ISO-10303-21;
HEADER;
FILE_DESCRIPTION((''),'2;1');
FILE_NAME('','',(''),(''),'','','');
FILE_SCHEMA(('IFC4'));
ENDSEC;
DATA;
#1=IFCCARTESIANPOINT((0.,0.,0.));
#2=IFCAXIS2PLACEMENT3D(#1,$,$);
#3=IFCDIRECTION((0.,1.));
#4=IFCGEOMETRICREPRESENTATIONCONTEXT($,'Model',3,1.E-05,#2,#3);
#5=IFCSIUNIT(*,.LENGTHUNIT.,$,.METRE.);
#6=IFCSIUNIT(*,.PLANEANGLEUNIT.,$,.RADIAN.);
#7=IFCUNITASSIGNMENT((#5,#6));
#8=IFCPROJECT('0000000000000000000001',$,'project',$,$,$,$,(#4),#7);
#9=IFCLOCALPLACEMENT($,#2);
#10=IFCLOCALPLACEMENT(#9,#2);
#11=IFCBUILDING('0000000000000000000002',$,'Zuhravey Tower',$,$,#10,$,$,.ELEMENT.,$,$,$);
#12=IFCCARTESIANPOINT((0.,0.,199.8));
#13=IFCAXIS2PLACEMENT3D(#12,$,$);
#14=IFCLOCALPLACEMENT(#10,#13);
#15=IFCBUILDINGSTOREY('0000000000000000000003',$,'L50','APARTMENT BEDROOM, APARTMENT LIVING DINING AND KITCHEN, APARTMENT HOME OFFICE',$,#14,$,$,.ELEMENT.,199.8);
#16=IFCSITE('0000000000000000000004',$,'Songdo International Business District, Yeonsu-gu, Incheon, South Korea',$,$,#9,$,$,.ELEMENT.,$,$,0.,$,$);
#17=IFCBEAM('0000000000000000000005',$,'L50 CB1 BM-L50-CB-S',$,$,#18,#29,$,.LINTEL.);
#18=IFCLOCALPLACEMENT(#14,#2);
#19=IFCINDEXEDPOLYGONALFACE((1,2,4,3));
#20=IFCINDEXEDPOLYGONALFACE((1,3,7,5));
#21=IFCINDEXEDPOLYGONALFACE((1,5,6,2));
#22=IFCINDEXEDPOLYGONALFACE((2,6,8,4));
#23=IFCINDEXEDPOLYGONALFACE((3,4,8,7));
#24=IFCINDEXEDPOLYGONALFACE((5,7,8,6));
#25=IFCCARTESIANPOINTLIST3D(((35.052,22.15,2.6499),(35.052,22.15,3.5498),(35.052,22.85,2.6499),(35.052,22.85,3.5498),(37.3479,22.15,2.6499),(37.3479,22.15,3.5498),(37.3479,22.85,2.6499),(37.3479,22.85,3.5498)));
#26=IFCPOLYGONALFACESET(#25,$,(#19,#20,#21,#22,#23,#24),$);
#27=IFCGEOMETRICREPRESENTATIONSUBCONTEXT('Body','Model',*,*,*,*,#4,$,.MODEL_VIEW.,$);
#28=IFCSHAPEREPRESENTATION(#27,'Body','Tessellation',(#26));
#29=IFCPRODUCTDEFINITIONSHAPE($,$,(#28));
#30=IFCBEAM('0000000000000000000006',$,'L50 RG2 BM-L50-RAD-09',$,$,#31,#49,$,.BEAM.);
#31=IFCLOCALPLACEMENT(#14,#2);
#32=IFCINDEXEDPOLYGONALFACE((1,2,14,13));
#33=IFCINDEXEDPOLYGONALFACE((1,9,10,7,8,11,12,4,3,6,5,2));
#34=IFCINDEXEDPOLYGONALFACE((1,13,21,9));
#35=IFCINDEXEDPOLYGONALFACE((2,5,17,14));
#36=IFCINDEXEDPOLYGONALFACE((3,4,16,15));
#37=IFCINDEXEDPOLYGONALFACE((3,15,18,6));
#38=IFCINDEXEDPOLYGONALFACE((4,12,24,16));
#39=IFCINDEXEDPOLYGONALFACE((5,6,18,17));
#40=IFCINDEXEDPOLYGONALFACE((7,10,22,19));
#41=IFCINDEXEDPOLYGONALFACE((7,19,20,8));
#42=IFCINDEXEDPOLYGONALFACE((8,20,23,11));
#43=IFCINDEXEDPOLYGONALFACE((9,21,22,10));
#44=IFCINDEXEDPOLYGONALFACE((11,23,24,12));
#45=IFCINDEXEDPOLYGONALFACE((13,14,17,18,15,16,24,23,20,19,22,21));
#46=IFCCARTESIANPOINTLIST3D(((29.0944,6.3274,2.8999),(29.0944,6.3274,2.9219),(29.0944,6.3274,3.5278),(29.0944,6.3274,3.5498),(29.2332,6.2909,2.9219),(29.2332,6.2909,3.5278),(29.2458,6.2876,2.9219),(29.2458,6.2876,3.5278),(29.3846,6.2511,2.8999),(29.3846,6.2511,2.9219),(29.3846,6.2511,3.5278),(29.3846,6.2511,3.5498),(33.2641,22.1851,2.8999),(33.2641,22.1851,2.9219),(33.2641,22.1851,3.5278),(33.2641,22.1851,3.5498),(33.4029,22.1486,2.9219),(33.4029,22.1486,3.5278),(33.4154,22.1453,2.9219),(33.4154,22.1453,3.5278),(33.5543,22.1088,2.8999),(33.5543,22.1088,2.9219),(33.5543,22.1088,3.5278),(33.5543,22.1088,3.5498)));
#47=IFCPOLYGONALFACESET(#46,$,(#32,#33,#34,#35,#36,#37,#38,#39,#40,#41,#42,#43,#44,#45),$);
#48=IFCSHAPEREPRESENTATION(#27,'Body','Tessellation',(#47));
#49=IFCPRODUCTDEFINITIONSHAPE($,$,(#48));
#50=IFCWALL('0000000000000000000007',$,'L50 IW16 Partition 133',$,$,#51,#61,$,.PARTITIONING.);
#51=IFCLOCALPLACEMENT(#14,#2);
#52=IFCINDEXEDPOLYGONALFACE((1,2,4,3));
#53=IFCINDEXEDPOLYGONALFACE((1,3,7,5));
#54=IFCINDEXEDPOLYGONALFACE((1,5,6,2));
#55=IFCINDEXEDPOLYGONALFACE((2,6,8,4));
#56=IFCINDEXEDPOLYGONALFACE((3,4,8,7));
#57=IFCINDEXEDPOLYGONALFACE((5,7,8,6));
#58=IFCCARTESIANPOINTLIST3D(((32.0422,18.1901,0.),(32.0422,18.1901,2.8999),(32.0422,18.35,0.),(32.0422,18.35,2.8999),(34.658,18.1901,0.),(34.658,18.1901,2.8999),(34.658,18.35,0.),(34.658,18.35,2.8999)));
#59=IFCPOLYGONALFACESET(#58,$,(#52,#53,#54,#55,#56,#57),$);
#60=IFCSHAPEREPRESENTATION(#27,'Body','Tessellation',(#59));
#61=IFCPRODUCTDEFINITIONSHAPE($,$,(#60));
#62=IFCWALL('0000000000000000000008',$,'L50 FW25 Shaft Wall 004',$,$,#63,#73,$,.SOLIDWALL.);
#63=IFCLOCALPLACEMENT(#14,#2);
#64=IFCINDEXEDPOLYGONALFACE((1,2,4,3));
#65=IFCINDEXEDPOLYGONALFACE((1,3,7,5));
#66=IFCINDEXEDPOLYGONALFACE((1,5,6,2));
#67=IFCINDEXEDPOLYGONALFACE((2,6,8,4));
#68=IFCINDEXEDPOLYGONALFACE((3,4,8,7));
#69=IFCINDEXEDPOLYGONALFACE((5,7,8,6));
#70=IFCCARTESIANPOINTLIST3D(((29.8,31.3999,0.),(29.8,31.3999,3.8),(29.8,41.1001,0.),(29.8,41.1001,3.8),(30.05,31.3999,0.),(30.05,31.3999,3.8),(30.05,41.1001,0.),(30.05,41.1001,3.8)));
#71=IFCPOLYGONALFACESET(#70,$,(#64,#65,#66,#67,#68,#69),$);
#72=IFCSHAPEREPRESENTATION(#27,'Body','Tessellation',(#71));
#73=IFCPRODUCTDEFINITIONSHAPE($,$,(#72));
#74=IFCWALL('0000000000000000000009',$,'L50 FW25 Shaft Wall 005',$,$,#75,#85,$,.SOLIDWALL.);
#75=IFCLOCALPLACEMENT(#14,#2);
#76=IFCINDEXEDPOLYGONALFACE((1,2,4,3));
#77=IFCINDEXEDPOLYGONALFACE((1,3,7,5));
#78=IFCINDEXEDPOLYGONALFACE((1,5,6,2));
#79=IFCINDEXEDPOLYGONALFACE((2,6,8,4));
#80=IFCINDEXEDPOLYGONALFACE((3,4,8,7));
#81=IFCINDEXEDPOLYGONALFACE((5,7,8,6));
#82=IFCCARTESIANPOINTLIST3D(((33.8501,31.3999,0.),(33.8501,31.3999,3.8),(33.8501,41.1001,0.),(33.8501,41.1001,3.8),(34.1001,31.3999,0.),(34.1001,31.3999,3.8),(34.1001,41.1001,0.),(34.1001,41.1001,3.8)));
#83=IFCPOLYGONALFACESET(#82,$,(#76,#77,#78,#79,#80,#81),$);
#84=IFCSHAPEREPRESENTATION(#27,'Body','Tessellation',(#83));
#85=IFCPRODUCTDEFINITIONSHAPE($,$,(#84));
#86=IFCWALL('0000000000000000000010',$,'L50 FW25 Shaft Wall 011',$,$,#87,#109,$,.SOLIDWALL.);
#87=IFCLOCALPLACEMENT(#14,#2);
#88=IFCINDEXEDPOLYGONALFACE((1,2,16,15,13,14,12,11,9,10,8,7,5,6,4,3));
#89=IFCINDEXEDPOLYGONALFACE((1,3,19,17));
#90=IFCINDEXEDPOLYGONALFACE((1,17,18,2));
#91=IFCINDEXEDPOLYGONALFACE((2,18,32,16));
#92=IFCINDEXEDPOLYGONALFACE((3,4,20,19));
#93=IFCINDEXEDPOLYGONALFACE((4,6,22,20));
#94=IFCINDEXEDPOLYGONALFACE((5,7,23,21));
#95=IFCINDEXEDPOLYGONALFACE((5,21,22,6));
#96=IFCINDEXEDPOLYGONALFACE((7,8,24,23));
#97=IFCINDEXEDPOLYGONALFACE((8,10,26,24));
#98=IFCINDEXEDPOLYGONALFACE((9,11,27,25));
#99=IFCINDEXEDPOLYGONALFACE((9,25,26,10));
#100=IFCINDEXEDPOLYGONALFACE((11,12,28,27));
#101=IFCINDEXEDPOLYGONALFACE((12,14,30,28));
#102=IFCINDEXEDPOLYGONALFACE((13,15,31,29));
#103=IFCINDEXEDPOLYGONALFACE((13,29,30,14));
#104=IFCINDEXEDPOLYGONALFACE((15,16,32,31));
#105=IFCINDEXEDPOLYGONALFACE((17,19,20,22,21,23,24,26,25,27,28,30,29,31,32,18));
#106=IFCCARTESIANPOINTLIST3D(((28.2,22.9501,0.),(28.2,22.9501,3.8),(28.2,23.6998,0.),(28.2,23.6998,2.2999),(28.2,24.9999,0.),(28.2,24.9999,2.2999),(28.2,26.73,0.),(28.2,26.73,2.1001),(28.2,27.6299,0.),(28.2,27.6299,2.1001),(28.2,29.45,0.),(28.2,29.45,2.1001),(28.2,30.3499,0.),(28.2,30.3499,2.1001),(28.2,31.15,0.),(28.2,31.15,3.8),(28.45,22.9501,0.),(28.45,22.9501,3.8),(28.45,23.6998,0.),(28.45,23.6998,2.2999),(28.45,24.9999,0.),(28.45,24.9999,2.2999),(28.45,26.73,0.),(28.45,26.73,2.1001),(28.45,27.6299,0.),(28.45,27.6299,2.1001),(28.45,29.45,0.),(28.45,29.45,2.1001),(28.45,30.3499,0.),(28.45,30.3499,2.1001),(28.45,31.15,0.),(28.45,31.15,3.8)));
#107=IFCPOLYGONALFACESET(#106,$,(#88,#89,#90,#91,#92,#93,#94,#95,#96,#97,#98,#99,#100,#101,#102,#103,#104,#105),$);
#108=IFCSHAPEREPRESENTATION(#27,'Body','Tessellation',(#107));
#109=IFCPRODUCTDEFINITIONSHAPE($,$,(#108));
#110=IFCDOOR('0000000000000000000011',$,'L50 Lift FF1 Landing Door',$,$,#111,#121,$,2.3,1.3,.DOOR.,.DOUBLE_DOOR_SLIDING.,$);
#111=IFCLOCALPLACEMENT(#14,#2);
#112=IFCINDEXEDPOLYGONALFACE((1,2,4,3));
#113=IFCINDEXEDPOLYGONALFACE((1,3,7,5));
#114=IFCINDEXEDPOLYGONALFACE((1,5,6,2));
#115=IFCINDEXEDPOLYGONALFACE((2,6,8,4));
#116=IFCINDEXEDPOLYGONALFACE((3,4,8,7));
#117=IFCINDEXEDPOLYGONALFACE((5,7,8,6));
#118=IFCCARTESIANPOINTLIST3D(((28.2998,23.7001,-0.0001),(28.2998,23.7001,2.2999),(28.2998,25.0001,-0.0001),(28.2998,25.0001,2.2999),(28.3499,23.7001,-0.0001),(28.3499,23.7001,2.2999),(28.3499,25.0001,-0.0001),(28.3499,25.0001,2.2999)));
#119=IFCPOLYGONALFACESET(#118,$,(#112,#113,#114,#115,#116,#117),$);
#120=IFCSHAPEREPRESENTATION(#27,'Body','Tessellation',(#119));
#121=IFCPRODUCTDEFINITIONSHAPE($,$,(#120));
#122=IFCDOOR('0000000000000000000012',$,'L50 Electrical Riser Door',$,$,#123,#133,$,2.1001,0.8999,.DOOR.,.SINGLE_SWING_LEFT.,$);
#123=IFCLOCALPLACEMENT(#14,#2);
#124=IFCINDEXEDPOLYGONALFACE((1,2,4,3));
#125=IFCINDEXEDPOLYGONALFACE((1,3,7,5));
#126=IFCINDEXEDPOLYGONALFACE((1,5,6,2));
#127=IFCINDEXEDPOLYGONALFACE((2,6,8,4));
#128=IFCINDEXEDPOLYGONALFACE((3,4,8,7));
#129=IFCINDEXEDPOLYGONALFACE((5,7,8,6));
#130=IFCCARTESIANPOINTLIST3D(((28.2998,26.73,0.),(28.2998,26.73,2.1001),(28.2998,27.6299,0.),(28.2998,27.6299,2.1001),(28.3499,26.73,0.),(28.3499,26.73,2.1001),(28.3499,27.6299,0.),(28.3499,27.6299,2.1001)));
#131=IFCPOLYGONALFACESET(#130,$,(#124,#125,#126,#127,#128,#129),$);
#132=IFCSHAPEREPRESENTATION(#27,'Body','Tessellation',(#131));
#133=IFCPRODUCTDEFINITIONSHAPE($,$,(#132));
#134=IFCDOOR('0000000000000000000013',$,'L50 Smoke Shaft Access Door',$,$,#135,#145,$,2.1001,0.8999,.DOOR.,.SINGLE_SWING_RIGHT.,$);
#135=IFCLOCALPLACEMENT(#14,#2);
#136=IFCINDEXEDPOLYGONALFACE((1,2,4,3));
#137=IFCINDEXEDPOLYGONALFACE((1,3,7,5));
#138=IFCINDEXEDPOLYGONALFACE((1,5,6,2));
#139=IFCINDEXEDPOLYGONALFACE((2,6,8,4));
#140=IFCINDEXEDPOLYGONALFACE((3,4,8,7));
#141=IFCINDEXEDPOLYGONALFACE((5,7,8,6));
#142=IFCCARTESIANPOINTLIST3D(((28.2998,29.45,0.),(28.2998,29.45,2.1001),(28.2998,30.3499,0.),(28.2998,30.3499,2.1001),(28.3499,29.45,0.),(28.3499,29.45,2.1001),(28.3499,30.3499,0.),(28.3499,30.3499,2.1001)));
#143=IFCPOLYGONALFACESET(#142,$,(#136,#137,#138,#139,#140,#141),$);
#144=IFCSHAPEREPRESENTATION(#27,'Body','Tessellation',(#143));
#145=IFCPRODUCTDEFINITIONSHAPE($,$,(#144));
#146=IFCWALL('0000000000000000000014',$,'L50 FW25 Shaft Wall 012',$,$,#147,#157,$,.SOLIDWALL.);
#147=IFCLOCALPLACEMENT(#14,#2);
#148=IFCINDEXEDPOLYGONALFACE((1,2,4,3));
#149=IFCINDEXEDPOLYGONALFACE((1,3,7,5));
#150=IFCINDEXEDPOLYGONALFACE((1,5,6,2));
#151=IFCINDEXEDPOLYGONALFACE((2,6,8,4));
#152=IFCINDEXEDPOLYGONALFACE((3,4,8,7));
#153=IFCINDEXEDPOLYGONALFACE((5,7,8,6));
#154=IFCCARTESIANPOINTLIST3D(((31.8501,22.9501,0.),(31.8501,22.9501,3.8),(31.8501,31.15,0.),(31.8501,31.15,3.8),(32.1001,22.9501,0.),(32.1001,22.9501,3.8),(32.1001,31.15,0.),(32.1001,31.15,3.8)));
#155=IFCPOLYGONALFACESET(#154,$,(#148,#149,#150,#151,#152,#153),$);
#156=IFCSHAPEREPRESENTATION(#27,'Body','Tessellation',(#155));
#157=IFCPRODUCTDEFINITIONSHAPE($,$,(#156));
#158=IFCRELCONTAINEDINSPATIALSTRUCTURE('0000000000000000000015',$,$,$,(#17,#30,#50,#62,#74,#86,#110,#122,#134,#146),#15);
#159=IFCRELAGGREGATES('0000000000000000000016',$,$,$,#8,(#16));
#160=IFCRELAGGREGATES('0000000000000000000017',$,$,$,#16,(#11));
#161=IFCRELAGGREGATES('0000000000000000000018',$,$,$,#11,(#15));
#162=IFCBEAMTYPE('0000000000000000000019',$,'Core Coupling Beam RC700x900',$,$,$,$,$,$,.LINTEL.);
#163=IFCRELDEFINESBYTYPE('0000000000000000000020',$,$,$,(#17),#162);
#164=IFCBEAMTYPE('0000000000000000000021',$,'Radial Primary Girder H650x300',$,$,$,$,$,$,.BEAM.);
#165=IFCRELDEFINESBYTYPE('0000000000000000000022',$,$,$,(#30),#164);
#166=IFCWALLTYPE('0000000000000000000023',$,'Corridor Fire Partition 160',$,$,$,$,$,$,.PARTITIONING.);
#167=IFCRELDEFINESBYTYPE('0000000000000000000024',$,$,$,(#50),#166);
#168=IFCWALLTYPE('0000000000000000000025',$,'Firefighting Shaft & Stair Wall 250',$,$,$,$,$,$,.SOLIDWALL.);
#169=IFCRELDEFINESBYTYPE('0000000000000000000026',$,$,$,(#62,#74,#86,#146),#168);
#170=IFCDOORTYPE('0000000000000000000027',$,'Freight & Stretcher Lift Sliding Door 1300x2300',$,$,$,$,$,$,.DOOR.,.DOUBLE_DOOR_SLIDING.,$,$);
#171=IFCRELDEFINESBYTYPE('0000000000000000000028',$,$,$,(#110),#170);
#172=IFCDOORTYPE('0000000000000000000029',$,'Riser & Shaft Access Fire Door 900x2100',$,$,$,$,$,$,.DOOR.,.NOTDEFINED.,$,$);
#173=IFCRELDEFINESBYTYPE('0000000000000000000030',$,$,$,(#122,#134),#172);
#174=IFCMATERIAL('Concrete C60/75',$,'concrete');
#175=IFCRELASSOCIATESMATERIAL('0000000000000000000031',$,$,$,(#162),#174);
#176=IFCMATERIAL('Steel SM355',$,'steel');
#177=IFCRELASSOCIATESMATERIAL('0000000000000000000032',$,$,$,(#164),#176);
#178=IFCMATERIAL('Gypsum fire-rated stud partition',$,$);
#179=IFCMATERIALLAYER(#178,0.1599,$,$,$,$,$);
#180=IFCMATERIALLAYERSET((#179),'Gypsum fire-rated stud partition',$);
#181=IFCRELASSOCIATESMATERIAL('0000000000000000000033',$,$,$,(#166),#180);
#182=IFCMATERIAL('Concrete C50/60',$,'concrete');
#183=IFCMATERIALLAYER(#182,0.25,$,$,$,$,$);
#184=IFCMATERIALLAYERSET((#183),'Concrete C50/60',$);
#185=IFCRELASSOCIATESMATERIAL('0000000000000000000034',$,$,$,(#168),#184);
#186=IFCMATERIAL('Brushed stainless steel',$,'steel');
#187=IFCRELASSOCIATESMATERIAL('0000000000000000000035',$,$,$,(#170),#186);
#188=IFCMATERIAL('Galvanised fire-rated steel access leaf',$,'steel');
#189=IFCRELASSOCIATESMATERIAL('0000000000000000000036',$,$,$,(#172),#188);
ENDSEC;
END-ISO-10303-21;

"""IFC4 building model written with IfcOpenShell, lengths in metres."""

from ifc_helpers import new_model, si_unit, direction, frame, frame_2d, origin, origin_2d, place, context, subcontext, project, spatial, rectangle, i_section, extrude, material, layer, layer_set, material_profile, profile_set, type_object, element, fill, save


model = new_model("IFC4")

# Units and contexts
model_context = context("Model", 3, precision=1e-05, world=origin(), true_north=direction((0.0, 1.0)))
body_context = subcontext(model_context, "Body", "Model", "MODEL_VIEW")
ifc_project = project(units=[si_unit("LENGTHUNIT", "METRE"), si_unit("PLANEANGLEUNIT", "RADIAN")], contexts=[model_context])

# Site, building, storey
site_placement = place(None, origin())
site = spatial("IfcSite", under=ifc_project, at=site_placement, Name="Songdo International Business District, Yeonsu-gu, Incheon, South Korea", CompositionType="ELEMENT", RefElevation=0.0)
building_placement = place(site_placement, origin())
building = spatial("IfcBuilding", under=site, at=building_placement, Name="Zuhravey Tower", CompositionType="ELEMENT")
storey_placement = place(building_placement, frame((0.0, 0.0, 199.8)))
storey = spatial("IfcBuildingStorey", under=building, at=storey_placement, Name="L50", Description="APARTMENT BEDROOM, APARTMENT LIVING DINING AND KITCHEN, APARTMENT HOME OFFICE", CompositionType="ELEMENT", Elevation=199.8)

# Beams
ifc_material_1 = material(Name="Concrete C60/75", Category="concrete")
ifc_material_profile_1 = material_profile(ifc_material_1, rectangle(XDim=0.7, YDim=0.8999, at=origin_2d()), Name="RC-700x900")
ifc_profile_set_1 = profile_set([ifc_material_profile_1], Name="Concrete C60/75")
beam_type_1 = type_object("IfcBeamType", Name="Core Coupling Beam RC700x900", PredefinedType="LINTEL", material=ifc_profile_set_1)
beam_1_placement = place(storey_placement, frame((35.052, 22.5, 3.0999), z_axis=(1.0, 0.0, 0.0), x_axis=(0.0, 1.0, 0.0)))
element("IfcBeam", 1, at=beam_1_placement, inside=storey, type_object=beam_type_1, Name="L50 CB1 BM-L50-CB-S", PredefinedType="LINTEL", context=body_context, shape_type="SweptSolid", body=[
    extrude(rectangle(XDim=0.7, YDim=0.8999, at=origin_2d()), origin(), (0.0, 0.0, 1.0), 2.2959),
])
ifc_material_2 = material(Name="Steel SM355", Category="steel")
ifc_material_profile_2 = material_profile(ifc_material_2, i_section(OverallWidth=0.3, OverallDepth=0.6499, WebThickness=0.0129, FlangeThickness=0.022, at=origin_2d()), Name="H-650x300x13x22")
ifc_profile_set_2 = profile_set([ifc_material_profile_2], Name="Steel SM355")
beam_type_2 = type_object("IfcBeamType", Name="Radial Primary Girder H650x300", PredefinedType="BEAM", material=ifc_profile_set_2)
beam_2_placement = place(storey_placement, frame((33.4092, 22.147, 3.2249), z_axis=(-0.2543, -0.967125, 0.0), x_axis=(0.967125, -0.2543, 0.0)))
element("IfcBeam", 2, at=beam_2_placement, inside=storey, type_object=beam_type_2, Name="L50 RG2 BM-L50-RAD-09", PredefinedType="BEAM", context=body_context, shape_type="SweptSolid", body=[
    extrude(i_section(OverallWidth=0.3, OverallDepth=0.6499, WebThickness=0.0129, FlangeThickness=0.022, at=origin_2d()), origin(), (0.0, 0.0, 1.0), 16.3967),
])

# Shared definitions
ifc_material_3 = material(Name="Gypsum fire-rated stud partition")
ifc_layer_1 = layer(ifc_material_3, 0.1599)
ifc_layer_set_1 = layer_set([ifc_layer_1], Name="Gypsum fire-rated stud partition")
wall_type_1 = type_object("IfcWallType", Name="Corridor Fire Partition 160", PredefinedType="PARTITIONING", material=ifc_layer_set_1)

# Wall
wall_1_placement = place(storey_placement, frame((32.0422, 18.27, 0.0), z_axis=(0.0, 0.0, 1.0), x_axis=(1.0, 0.0, 0.0)))
element("IfcWall", 3, at=wall_1_placement, inside=storey, type_object=wall_type_1, Name="L50 IW16 Partition 133", PredefinedType="PARTITIONING", context=body_context, shape_type="SweptSolid", body=[
    extrude(rectangle(XDim=2.6157, YDim=0.1599, at=frame_2d((1.3079, 0.0))), origin(), (0.0, 0.0, 1.0), 2.8999),
])

# Shared definitions
ifc_material_4 = material(Name="Concrete C50/60", Category="concrete")
ifc_layer_2 = layer(ifc_material_4, 0.25)
ifc_layer_set_2 = layer_set([ifc_layer_2], Name="Concrete C50/60")
wall_type_2 = type_object("IfcWallType", Name="Firefighting Shaft & Stair Wall 250", PredefinedType="SOLIDWALL", material=ifc_layer_set_2)

# Walls
for number, where, z_axis, x_axis, name in (
    (4, (29.925, 31.3999, 0.0), (0.0, 0.0, 1.0), (0.0, 1.0, 0.0), "L50 FW25 Shaft Wall 004"),
    (5, (33.9751, 31.3999, 0.0), (0.0, 0.0, 1.0), (0.0, 1.0, 0.0), "L50 FW25 Shaft Wall 005"),
):
    element("IfcWall", number, at=place(storey_placement, frame(where, z_axis=z_axis, x_axis=x_axis)), inside=storey, type_object=wall_type_2, Name=name, PredefinedType="SOLIDWALL", context=body_context, shape_type="SweptSolid", body=[
        extrude(rectangle(XDim=9.7002, YDim=0.25, at=frame_2d((4.8501, 0.0))), origin(), (0.0, 0.0, 1.0), 3.8),
    ])

# Wall, openings, doors
wall_2_placement = place(storey_placement, frame((28.325, 22.95, 0.0), z_axis=(0.0, 0.0, 1.0), x_axis=(0.0, 1.0, 0.0)))
wall_2 = element("IfcWall", 6, at=wall_2_placement, inside=storey, type_object=wall_type_2, Name="L50 FW25 Shaft Wall 011", PredefinedType="SOLIDWALL", context=body_context, shape_type="SweptSolid", body=[
    extrude(rectangle(XDim=8.2, YDim=0.25, at=frame_2d((4.1001, 0.0))), origin(), (0.0, 0.0, 1.0), 3.8),
])
opening_1_placement = place(wall_2_placement, frame((0.75, 0.0, 0.0)))
opening_1 = element("IfcOpeningElement", 7, at=opening_1_placement, cuts=wall_2, PredefinedType="OPENING", context=body_context, shape_type="SweptSolid", body=[
    extrude(rectangle(XDim=1.3, YDim=2.3, at=frame_2d((0.6499, 1.1499))), frame((0.0, 0.137, 0.0), z_axis=(0.0, -1.0, 0.0), x_axis=(1.0, 0.0, 0.0)), (0.0, 0.0, 1.0), 0.2739),
])
opening_2_placement = place(wall_2_placement, frame((3.78, 0.0, 0.0)))
opening_2 = element("IfcOpeningElement", 8, at=opening_2_placement, cuts=wall_2, PredefinedType="OPENING", context=body_context, shape_type="SweptSolid", body=[
    extrude(rectangle(XDim=0.8999, YDim=2.1001, at=frame_2d((0.45, 1.05))), frame((0.0, 0.137, 0.0), z_axis=(0.0, -1.0, 0.0), x_axis=(1.0, 0.0, 0.0)), (0.0, 0.0, 1.0), 0.2739),
])
opening_3_placement = place(wall_2_placement, frame((6.5, 0.0, 0.0)))
opening_3 = element("IfcOpeningElement", 9, at=opening_3_placement, cuts=wall_2, PredefinedType="OPENING", context=body_context, shape_type="SweptSolid", body=[
    extrude(rectangle(XDim=0.8999, YDim=2.1001, at=frame_2d((0.45, 1.05))), frame((0.0, 0.137, 0.0), z_axis=(0.0, -1.0, 0.0), x_axis=(1.0, 0.0, 0.0)), (0.0, 0.0, 1.0), 0.2739),
])
ifc_material_5 = material(Name="Brushed stainless steel", Category="steel")
door_type_1 = type_object("IfcDoorType", Name="Freight & Stretcher Lift Sliding Door 1300x2300", OperationType="DOUBLE_DOOR_SLIDING", PredefinedType="DOOR", material=ifc_material_5)
door_1_placement = place(opening_1_placement, frame((1.3, 0.0, 0.0), z_axis=(0.0, 0.0, 1.0), x_axis=(-1.0, 0.0, 0.0)))
door_1 = element("IfcDoor", 10, at=door_1_placement, inside=storey, type_object=door_type_1, Name="L50 Lift FF1 Landing Door", OperationType="DOUBLE_DOOR_SLIDING", OverallHeight=2.3, OverallWidth=1.3, PredefinedType="DOOR", context=body_context, shape_type="SweptSolid", body=[
    extrude(rectangle(XDim=1.3, YDim=2.3, at=frame_2d((0.6499, 1.1499))), frame((0.0, 0.0249, 0.0), z_axis=(0.0, -1.0, 0.0), x_axis=(1.0, 0.0, 0.0)), (0.0, 0.0, 1.0), 0.05),
])
fill(opening_1, door_1)
ifc_material_6 = material(Name="Galvanised fire-rated steel access leaf", Category="steel")
door_type_2 = type_object("IfcDoorType", Name="Riser & Shaft Access Fire Door 900x2100", OperationType="NOTDEFINED", PredefinedType="DOOR", material=ifc_material_6)
door_2_placement = place(opening_2_placement, frame((0.8999, 0.0, 0.0), z_axis=(0.0, 0.0, 1.0), x_axis=(-1.0, 0.0, 0.0)))
door_2 = element("IfcDoor", 11, at=door_2_placement, inside=storey, type_object=door_type_2, Name="L50 Electrical Riser Door", OperationType="SINGLE_SWING_LEFT", OverallHeight=2.1001, OverallWidth=0.8999, PredefinedType="DOOR", context=body_context, shape_type="SweptSolid", body=[
    extrude(rectangle(XDim=0.8999, YDim=2.1001, at=frame_2d((0.45, 1.05))), frame((0.0, 0.0249, 0.0), z_axis=(0.0, -1.0, 0.0), x_axis=(1.0, 0.0, 0.0)), (0.0, 0.0, 1.0), 0.05),
])
fill(opening_2, door_2)
door_3_placement = place(opening_3_placement, frame((0.8999, 0.0, 0.0), z_axis=(0.0, 0.0, 1.0), x_axis=(-1.0, 0.0, 0.0)))
door_3 = element("IfcDoor", 12, at=door_3_placement, inside=storey, type_object=door_type_2, Name="L50 Smoke Shaft Access Door", OperationType="SINGLE_SWING_RIGHT", OverallHeight=2.1001, OverallWidth=0.8999, PredefinedType="DOOR", context=body_context, shape_type="SweptSolid", body=[
    extrude(rectangle(XDim=0.8999, YDim=2.1001, at=frame_2d((0.45, 1.05))), frame((0.0, 0.0249, 0.0), z_axis=(0.0, -1.0, 0.0), x_axis=(1.0, 0.0, 0.0)), (0.0, 0.0, 1.0), 0.05),
])
fill(opening_3, door_3)

# Wall
wall_3_placement = place(storey_placement, frame((31.9751, 22.95, 0.0), z_axis=(0.0, 0.0, 1.0), x_axis=(0.0, 1.0, 0.0)))
element("IfcWall", 13, at=wall_3_placement, inside=storey, type_object=wall_type_2, Name="L50 FW25 Shaft Wall 012", PredefinedType="SOLIDWALL", context=body_context, shape_type="SweptSolid", body=[
    extrude(rectangle(XDim=8.2, YDim=0.25, at=frame_2d((4.1001, 0.0))), origin(), (0.0, 0.0, 1.0), 3.8),
])

save(model, "model.ifc")
